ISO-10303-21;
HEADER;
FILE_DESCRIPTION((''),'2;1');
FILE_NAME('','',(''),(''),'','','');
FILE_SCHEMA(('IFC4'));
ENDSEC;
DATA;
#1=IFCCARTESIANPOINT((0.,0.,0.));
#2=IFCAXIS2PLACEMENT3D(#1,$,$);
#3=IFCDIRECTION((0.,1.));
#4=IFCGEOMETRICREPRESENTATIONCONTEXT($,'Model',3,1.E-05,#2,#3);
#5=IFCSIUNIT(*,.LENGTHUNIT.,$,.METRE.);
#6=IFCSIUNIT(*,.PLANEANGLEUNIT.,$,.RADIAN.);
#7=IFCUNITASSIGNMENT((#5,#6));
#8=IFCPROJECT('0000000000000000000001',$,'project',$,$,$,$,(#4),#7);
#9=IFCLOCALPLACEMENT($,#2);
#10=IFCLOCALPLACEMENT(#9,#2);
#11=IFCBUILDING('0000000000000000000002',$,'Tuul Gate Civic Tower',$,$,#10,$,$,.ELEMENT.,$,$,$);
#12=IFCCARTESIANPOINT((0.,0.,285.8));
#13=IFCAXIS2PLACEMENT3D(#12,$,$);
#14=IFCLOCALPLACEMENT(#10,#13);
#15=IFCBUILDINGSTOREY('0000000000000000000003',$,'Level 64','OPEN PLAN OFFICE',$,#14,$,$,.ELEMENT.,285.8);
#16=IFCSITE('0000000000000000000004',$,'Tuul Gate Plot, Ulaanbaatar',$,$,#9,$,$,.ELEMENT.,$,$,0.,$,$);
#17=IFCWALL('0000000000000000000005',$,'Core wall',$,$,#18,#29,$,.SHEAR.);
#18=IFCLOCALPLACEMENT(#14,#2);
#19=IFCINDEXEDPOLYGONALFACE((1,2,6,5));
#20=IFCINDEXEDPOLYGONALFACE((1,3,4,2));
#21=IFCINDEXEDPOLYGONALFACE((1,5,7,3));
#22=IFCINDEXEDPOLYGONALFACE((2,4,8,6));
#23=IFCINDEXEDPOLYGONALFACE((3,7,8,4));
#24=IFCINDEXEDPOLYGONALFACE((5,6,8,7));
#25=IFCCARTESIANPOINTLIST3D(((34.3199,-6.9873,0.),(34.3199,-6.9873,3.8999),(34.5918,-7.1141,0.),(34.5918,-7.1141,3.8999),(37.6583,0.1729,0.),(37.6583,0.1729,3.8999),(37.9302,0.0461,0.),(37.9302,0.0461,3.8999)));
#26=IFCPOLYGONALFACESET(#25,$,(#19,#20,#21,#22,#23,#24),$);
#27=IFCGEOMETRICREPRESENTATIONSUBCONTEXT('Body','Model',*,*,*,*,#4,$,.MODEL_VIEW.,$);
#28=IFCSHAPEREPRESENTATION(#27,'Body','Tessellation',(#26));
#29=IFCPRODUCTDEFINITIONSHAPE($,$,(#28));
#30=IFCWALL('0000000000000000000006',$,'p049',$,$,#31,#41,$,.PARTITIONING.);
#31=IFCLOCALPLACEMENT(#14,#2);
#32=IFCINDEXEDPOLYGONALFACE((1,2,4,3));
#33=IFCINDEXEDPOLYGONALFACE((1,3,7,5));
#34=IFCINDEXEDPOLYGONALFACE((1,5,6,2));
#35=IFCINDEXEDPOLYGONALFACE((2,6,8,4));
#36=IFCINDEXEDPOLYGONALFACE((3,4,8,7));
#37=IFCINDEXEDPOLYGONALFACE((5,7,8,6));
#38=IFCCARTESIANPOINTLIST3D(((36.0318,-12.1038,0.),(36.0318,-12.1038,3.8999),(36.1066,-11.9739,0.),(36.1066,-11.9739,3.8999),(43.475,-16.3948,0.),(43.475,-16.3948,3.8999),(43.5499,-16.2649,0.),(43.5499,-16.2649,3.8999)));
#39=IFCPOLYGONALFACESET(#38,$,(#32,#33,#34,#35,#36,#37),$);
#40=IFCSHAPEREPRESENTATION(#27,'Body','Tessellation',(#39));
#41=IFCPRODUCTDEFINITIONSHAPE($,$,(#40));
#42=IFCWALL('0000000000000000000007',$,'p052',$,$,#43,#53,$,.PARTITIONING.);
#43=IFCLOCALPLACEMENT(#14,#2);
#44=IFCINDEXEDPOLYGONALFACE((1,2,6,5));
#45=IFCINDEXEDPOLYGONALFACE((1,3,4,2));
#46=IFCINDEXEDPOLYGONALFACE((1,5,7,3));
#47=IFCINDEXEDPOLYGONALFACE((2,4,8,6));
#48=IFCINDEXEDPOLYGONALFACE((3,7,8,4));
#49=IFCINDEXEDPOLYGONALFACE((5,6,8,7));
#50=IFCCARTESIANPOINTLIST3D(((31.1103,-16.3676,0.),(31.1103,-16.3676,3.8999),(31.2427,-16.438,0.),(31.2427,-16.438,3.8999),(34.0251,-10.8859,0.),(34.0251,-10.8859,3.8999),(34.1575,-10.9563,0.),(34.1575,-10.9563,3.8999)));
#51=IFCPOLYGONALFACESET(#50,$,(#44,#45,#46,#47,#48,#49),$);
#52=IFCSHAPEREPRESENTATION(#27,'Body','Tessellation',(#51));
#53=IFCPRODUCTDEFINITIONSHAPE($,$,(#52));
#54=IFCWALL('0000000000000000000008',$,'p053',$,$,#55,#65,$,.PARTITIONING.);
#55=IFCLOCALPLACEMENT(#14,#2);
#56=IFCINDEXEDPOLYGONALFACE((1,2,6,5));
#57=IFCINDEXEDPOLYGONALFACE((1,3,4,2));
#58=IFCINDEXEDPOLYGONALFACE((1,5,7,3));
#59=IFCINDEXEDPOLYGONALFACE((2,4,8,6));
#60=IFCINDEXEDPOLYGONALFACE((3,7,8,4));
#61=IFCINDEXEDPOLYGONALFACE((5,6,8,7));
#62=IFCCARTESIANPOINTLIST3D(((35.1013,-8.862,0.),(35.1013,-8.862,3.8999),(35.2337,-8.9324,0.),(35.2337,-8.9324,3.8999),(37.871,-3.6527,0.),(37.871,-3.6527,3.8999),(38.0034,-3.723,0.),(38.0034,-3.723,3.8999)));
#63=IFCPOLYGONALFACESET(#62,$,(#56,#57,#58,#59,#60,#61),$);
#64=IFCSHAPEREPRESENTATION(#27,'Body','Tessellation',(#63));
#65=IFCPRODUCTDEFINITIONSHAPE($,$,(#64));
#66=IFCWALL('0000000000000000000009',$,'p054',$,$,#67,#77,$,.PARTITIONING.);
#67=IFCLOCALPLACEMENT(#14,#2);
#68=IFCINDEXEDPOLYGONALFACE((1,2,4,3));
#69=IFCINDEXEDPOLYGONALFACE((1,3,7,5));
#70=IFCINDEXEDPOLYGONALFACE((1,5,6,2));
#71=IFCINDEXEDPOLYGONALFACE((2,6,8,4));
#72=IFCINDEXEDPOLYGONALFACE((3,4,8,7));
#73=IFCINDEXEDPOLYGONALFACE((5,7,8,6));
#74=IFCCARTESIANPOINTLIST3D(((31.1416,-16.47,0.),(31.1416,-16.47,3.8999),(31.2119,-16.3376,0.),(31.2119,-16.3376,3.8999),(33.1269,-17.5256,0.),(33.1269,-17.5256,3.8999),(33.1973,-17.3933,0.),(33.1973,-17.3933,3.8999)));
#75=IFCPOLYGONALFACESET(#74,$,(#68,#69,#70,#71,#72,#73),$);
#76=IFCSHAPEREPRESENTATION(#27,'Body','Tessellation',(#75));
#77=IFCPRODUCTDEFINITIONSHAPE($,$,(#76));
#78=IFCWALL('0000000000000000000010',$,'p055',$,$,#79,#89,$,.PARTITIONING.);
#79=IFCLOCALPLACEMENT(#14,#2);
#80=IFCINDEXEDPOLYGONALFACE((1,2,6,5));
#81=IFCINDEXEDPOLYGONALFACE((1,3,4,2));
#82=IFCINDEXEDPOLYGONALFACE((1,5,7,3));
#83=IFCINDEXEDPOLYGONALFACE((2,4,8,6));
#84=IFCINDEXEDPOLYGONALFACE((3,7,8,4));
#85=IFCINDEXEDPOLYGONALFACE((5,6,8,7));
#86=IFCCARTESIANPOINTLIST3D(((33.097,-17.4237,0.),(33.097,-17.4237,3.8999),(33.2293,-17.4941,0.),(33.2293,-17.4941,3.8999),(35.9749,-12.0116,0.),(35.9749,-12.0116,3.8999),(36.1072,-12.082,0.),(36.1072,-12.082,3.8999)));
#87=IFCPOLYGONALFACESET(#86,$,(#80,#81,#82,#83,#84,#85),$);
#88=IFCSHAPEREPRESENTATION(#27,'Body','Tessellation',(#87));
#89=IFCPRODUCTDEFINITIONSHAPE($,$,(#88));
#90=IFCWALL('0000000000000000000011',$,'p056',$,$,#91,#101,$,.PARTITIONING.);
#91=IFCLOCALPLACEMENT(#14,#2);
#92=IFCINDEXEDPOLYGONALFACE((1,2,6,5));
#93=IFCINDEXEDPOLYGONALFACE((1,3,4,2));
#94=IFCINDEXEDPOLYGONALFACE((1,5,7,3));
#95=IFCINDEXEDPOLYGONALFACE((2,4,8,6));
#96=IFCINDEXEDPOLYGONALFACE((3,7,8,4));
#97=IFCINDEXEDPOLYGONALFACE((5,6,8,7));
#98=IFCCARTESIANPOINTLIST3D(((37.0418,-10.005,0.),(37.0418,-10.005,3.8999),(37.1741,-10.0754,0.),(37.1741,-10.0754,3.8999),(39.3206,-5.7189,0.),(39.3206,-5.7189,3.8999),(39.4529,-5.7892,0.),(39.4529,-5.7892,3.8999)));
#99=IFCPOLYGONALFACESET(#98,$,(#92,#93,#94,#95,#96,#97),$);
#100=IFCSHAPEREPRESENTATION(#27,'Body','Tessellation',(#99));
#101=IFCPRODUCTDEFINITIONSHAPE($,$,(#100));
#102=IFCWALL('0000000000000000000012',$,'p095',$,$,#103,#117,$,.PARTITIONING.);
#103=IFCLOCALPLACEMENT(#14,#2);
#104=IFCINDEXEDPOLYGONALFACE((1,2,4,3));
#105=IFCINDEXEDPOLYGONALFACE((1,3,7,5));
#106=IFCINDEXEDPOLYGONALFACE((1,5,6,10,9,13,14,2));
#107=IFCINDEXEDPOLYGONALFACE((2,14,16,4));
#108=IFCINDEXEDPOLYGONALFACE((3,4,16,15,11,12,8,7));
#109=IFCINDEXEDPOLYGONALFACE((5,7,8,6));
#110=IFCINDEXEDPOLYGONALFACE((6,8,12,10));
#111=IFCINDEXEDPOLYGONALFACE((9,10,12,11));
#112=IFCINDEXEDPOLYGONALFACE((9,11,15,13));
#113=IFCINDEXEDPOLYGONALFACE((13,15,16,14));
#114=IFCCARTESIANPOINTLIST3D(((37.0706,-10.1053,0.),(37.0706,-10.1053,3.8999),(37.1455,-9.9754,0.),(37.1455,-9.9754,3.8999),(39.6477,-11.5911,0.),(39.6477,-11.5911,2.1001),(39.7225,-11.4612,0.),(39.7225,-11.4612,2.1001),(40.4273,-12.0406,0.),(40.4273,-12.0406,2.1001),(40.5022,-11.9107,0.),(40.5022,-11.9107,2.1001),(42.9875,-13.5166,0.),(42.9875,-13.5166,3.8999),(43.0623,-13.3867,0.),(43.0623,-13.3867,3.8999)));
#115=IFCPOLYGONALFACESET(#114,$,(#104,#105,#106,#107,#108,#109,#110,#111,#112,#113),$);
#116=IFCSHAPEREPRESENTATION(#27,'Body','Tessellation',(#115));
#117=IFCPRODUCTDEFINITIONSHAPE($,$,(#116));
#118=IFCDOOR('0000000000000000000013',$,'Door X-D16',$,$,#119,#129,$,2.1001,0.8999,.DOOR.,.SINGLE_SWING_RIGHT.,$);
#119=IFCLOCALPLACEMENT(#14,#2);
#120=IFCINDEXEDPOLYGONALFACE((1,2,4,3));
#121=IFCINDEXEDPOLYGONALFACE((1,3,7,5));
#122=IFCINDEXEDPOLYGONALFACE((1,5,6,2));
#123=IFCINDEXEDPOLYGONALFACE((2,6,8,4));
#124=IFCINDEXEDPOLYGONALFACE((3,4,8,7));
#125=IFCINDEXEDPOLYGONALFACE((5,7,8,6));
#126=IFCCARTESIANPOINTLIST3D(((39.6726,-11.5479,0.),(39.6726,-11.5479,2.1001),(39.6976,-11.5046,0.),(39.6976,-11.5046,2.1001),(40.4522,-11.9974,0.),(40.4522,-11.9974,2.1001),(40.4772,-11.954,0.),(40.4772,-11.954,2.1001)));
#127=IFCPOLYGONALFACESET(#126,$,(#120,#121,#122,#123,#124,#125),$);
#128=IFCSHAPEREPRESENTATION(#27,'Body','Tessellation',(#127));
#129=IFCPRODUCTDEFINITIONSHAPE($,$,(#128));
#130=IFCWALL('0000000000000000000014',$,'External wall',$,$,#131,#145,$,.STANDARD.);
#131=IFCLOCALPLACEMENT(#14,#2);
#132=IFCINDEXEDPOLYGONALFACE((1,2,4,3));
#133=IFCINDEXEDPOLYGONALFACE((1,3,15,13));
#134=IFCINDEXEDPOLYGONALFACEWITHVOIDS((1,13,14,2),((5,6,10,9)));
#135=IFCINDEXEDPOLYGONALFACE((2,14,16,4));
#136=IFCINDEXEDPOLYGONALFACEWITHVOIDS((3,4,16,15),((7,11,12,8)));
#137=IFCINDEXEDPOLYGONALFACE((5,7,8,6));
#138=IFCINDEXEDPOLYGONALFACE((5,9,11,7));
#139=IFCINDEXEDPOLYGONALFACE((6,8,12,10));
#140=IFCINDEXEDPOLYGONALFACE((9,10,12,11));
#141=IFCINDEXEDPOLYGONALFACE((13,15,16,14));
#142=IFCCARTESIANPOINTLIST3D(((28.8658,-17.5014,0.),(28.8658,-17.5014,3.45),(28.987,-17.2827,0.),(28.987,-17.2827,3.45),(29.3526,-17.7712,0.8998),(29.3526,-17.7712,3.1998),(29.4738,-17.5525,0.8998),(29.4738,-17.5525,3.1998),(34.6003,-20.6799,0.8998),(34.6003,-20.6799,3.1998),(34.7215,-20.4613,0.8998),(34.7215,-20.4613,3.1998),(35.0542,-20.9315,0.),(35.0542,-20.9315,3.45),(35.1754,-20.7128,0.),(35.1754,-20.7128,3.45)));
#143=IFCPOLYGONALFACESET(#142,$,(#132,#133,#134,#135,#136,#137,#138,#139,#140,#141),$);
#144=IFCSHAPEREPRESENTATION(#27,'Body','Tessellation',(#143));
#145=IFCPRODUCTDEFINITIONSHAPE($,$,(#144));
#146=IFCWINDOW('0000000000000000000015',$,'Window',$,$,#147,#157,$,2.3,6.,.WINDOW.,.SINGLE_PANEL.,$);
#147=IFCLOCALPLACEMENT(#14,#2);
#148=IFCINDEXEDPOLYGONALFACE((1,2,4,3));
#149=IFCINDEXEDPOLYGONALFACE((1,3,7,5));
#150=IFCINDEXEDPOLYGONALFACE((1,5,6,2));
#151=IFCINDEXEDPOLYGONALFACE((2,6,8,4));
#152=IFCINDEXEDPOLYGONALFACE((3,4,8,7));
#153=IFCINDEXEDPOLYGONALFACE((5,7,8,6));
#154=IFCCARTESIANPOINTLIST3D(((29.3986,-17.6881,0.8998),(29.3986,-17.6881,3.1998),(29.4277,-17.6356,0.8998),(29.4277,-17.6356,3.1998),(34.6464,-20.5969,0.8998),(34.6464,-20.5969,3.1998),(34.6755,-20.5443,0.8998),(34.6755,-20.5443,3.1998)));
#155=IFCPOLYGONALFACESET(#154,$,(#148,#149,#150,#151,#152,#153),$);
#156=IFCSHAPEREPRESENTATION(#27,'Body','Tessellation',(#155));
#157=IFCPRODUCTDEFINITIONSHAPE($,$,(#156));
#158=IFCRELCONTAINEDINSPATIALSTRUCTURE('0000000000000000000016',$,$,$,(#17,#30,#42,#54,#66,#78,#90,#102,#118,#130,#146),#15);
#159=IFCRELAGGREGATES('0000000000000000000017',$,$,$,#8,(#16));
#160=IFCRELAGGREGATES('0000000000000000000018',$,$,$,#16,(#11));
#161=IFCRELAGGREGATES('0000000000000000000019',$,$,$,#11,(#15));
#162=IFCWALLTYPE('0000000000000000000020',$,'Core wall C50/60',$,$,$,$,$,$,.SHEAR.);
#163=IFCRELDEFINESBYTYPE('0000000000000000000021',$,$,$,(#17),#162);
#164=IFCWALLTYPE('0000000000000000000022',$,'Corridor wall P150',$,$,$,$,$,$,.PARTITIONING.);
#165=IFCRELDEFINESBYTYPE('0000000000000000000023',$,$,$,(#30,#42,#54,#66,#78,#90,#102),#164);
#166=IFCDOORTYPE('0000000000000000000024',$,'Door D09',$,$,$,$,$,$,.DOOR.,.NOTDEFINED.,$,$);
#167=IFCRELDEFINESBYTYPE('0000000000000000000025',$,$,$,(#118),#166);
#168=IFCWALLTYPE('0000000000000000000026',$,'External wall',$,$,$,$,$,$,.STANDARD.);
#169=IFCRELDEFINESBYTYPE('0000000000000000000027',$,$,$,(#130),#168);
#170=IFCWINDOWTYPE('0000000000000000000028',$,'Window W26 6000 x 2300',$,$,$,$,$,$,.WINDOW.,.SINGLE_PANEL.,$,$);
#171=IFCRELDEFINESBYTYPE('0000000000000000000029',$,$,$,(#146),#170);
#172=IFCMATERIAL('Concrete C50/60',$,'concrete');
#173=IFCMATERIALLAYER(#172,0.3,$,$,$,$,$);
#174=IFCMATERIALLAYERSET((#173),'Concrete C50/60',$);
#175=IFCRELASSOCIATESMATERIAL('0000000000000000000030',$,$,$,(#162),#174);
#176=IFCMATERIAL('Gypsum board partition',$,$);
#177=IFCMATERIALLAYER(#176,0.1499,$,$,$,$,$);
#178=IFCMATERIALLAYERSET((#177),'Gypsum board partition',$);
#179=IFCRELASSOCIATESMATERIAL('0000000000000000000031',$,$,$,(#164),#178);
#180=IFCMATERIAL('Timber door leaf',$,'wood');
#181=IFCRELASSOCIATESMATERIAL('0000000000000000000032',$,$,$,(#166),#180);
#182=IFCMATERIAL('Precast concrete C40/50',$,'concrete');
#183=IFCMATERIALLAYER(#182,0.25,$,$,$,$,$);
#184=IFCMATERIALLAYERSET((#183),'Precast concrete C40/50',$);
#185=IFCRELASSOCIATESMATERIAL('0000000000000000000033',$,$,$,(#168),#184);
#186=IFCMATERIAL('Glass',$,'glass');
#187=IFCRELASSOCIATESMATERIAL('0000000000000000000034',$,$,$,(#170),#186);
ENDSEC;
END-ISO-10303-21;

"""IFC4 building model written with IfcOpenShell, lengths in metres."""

from ifc_helpers import new_model, si_unit, direction, frame, frame_2d, origin, place, context, subcontext, project, spatial, rectangle, extrude, material, layer, layer_set, type_object, element, fill, save


model = new_model("IFC4")

# Units and contexts
model_context = context("Model", 3, precision=1e-05, world=origin(), true_north=direction((0.0, 1.0)))
body_context = subcontext(model_context, "Body", "Model", "MODEL_VIEW")
ifc_project = project(units=[si_unit("LENGTHUNIT", "METRE"), si_unit("PLANEANGLEUNIT", "RADIAN")], contexts=[model_context])

# Site, building, storey
site_placement = place(None, origin())
site = spatial("IfcSite", under=ifc_project, at=site_placement, Name="Tuul Gate Plot, Ulaanbaatar", CompositionType="ELEMENT", RefElevation=0.0)
building_placement = place(site_placement, origin())
building = spatial("IfcBuilding", under=site, at=building_placement, Name="Tuul Gate Civic Tower", CompositionType="ELEMENT")
storey_placement = place(building_placement, frame((0.0, 0.0, 285.8)))
storey = spatial("IfcBuildingStorey", under=building, at=storey_placement, Name="Level 64", Description="OPEN PLAN OFFICE", CompositionType="ELEMENT", Elevation=285.8)

# Shared definitions
ifc_material_1 = material(Name="Concrete C50/60", Category="concrete")
ifc_layer_1 = layer(ifc_material_1, 0.3)
ifc_layer_set_1 = layer_set([ifc_layer_1], Name="Concrete C50/60")
wall_type_1 = type_object("IfcWallType", Name="Core wall C50/60", PredefinedType="SHEAR", material=ifc_layer_set_1)

# Walls
wall_1_placement = place(storey_placement, frame((34.4558, -7.0508, 0.0), z_axis=(0.0, 0.0, 1.0), x_axis=(0.422571, 0.90633, 0.0)))
element("IfcWall", 1, at=wall_1_placement, inside=storey, type_object=wall_type_1, Name="Core wall", PredefinedType="SHEAR", context=body_context, shape_type="SweptSolid", body=[
    extrude(rectangle(XDim=7.9001, YDim=0.3, at=frame_2d((3.9502, 0.0))), origin(), (0.0, 0.0, 1.0), 3.8999),
])
ifc_material_2 = material(Name="Gypsum board partition")
ifc_layer_2 = layer(ifc_material_2, 0.1499)
ifc_layer_set_2 = layer_set([ifc_layer_2], Name="Gypsum board partition")
wall_type_2 = type_object("IfcWallType", Name="Corridor wall P150", PredefinedType="PARTITIONING", material=ifc_layer_set_2)
wall_2_placement = place(storey_placement, frame((36.0691, -12.0388, 0.0), z_axis=(0.0, 0.0, 1.0), x_axis=(0.866348, -0.49944, 0.0)))
element("IfcWall", 2, at=wall_2_placement, inside=storey, type_object=wall_type_2, Name="p049", PredefinedType="PARTITIONING", context=body_context, shape_type="SweptSolid", body=[
    extrude(rectangle(XDim=8.5916, YDim=0.1499, at=frame_2d((4.2959, 0.0))), origin(), (0.0, 0.0, 1.0), 3.8999),
])
wall_3_placement = place(storey_placement, frame((31.1765, -16.4028, 0.0), z_axis=(0.0, 0.0, 1.0), x_axis=(0.469488, 0.882939, 0.0)))
element("IfcWall", 3, at=wall_3_placement, inside=storey, type_object=wall_type_2, Name="p052", PredefinedType="PARTITIONING", context=body_context, shape_type="SweptSolid", body=[
    extrude(rectangle(XDim=6.2085, YDim=0.1499, at=frame_2d((3.1042, 0.0))), origin(), (0.0, 0.0, 1.0), 3.8999),
])
wall_4_placement = place(storey_placement, frame((35.1675, -8.8972, 0.0), z_axis=(0.0, 0.0, 1.0), x_axis=(0.469452, 0.882958, 0.0)))
element("IfcWall", 4, at=wall_4_placement, inside=storey, type_object=wall_type_2, Name="p053", PredefinedType="PARTITIONING", context=body_context, shape_type="SweptSolid", body=[
    extrude(rectangle(XDim=5.8999, YDim=0.1499, at=frame_2d((2.95, 0.0))), origin(), (0.0, 0.0, 1.0), 3.8999),
])
wall_5_placement = place(storey_placement, frame((31.1768, -16.4038, 0.0), z_axis=(0.0, 0.0, 1.0), x_axis=(0.882941, -0.469483, 0.0)))
element("IfcWall", 5, at=wall_5_placement, inside=storey, type_object=wall_type_2, Name="p054", PredefinedType="PARTITIONING", context=body_context, shape_type="SweptSolid", body=[
    extrude(rectangle(XDim=2.2485, YDim=0.1499, at=frame_2d((1.1243, 0.0))), origin(), (0.0, 0.0, 1.0), 3.8999),
])
wall_6_placement = place(storey_placement, frame((33.1631, -17.459, 0.0), z_axis=(0.0, 0.0, 1.0), x_axis=(0.469505, 0.88293, 0.0)))
element("IfcWall", 6, at=wall_6_placement, inside=storey, type_object=wall_type_2, Name="p055", PredefinedType="PARTITIONING", context=body_context, shape_type="SweptSolid", body=[
    extrude(rectangle(XDim=6.1296, YDim=0.1499, at=frame_2d((3.0649, 0.0))), origin(), (0.0, 0.0, 1.0), 3.8999),
])
wall_7_placement = place(storey_placement, frame((37.1079, -10.0403, 0.0), z_axis=(0.0, 0.0, 1.0), x_axis=(0.469444, 0.882962, 0.0)))
element("IfcWall", 7, at=wall_7_placement, inside=storey, type_object=wall_type_2, Name="p056", PredefinedType="PARTITIONING", context=body_context, shape_type="SweptSolid", body=[
    extrude(rectangle(XDim=4.8542, YDim=0.1499, at=frame_2d((2.4272, 0.0))), origin(), (0.0, 0.0, 1.0), 3.8999),
])

# Wall, opening, door
wall_8_placement = place(storey_placement, frame((37.1079, -10.0403, 0.0), z_axis=(0.0, 0.0, 1.0), x_axis=(0.86633, -0.499473, 0.0)))
wall_8 = element("IfcWall", 8, at=wall_8_placement, inside=storey, type_object=wall_type_2, Name="p095", PredefinedType="PARTITIONING", context=body_context, shape_type="SweptSolid", body=[
    extrude(rectangle(XDim=6.8298, YDim=0.1499, at=frame_2d((3.415, 0.0))), origin(), (0.0, 0.0, 1.0), 3.8999),
])
opening_1_placement = place(wall_8_placement, frame((2.9749, 0.0, 0.0)))
opening_1 = element("IfcOpeningElement", 9, at=opening_1_placement, cuts=wall_8, PredefinedType="OPENING", context=body_context, shape_type="SweptSolid", body=[
    extrude(rectangle(XDim=0.8999, YDim=2.1001, at=frame_2d((0.45, 1.05))), frame((0.0, 0.085, 0.0), z_axis=(0.0, -1.0, 0.0), x_axis=(1.0, 0.0, 0.0)), (0.0, 0.0, 1.0), 0.1699),
])
ifc_material_3 = material(Name="Timber door leaf", Category="wood")
door_type_1 = type_object("IfcDoorType", Name="Door D09", OperationType="NOTDEFINED", PredefinedType="DOOR", material=ifc_material_3)
door_1_placement = place(opening_1_placement, origin())
door_1 = element("IfcDoor", 10, at=door_1_placement, inside=storey, type_object=door_type_1, Name="Door X-D16", OperationType="SINGLE_SWING_RIGHT", OverallHeight=2.1001, OverallWidth=0.8999, PredefinedType="DOOR", context=body_context, shape_type="SweptSolid", body=[
    extrude(rectangle(XDim=0.8999, YDim=2.1001, at=frame_2d((0.45, 1.05))), frame((0.0, 0.0249, 0.0), z_axis=(0.0, -1.0, 0.0), x_axis=(1.0, 0.0, 0.0)), (0.0, 0.0, 1.0), 0.05),
])
fill(opening_1, door_1)

# Wall, opening, window
ifc_material_4 = material(Name="Precast concrete C40/50", Category="concrete")
ifc_layer_3 = layer(ifc_material_4, 0.25)
ifc_layer_set_3 = layer_set([ifc_layer_3], Name="Precast concrete C40/50")
wall_type_3 = type_object("IfcWallType", Name="External wall", PredefinedType="STANDARD", material=ifc_layer_set_3)
wall_9_placement = place(storey_placement, frame((28.9265, -17.3921, 0.0), z_axis=(0.0, 0.0, 1.0), x_axis=(0.874629, -0.484793, 0.0)))
wall_9 = element("IfcWall", 11, at=wall_9_placement, inside=storey, type_object=wall_type_3, Name="External wall", PredefinedType="STANDARD", context=body_context, shape_type="SweptSolid", body=[
    extrude(rectangle(XDim=7.0754, YDim=0.25, at=frame_2d((3.5376, 0.0))), origin(), (0.0, 0.0, 1.0), 3.45),
])
opening_2_placement = place(wall_9_placement, frame((0.5564, 0.0, 0.8999)))
opening_2 = element("IfcOpeningElement", 12, at=opening_2_placement, cuts=wall_9, PredefinedType="OPENING", context=body_context, shape_type="SweptSolid", body=[
    extrude(rectangle(XDim=6.0, YDim=2.3, at=frame_2d((3.0, 1.1499))), frame((0.0, 0.135, 0.0), z_axis=(0.0, -1.0, 0.0), x_axis=(1.0, 0.0, 0.0)), (0.0, 0.0, 1.0), 0.27),
])
ifc_material_5 = material(Name="Glass", Category="glass")
window_type = type_object("IfcWindowType", Name="Window W26 6000 x 2300", PartitioningType="SINGLE_PANEL", PredefinedType="WINDOW", material=ifc_material_5)
window_1_placement = place(opening_2_placement, origin())
window_1 = element("IfcWindow", 13, at=window_1_placement, inside=storey, type_object=window_type, Name="Window", OverallHeight=2.3, OverallWidth=6.0, PartitioningType="SINGLE_PANEL", PredefinedType="WINDOW", context=body_context, shape_type="SweptSolid", body=[
    extrude(rectangle(XDim=6.0, YDim=2.3, at=frame_2d((3.0, 1.1499))), frame((0.0, 0.03, 0.0), z_axis=(0.0, -1.0, 0.0), x_axis=(1.0, 0.0, 0.0)), (0.0, 0.0, 1.0), 0.0601),
])
fill(opening_2, window_1)

save(model, "model.ifc")
